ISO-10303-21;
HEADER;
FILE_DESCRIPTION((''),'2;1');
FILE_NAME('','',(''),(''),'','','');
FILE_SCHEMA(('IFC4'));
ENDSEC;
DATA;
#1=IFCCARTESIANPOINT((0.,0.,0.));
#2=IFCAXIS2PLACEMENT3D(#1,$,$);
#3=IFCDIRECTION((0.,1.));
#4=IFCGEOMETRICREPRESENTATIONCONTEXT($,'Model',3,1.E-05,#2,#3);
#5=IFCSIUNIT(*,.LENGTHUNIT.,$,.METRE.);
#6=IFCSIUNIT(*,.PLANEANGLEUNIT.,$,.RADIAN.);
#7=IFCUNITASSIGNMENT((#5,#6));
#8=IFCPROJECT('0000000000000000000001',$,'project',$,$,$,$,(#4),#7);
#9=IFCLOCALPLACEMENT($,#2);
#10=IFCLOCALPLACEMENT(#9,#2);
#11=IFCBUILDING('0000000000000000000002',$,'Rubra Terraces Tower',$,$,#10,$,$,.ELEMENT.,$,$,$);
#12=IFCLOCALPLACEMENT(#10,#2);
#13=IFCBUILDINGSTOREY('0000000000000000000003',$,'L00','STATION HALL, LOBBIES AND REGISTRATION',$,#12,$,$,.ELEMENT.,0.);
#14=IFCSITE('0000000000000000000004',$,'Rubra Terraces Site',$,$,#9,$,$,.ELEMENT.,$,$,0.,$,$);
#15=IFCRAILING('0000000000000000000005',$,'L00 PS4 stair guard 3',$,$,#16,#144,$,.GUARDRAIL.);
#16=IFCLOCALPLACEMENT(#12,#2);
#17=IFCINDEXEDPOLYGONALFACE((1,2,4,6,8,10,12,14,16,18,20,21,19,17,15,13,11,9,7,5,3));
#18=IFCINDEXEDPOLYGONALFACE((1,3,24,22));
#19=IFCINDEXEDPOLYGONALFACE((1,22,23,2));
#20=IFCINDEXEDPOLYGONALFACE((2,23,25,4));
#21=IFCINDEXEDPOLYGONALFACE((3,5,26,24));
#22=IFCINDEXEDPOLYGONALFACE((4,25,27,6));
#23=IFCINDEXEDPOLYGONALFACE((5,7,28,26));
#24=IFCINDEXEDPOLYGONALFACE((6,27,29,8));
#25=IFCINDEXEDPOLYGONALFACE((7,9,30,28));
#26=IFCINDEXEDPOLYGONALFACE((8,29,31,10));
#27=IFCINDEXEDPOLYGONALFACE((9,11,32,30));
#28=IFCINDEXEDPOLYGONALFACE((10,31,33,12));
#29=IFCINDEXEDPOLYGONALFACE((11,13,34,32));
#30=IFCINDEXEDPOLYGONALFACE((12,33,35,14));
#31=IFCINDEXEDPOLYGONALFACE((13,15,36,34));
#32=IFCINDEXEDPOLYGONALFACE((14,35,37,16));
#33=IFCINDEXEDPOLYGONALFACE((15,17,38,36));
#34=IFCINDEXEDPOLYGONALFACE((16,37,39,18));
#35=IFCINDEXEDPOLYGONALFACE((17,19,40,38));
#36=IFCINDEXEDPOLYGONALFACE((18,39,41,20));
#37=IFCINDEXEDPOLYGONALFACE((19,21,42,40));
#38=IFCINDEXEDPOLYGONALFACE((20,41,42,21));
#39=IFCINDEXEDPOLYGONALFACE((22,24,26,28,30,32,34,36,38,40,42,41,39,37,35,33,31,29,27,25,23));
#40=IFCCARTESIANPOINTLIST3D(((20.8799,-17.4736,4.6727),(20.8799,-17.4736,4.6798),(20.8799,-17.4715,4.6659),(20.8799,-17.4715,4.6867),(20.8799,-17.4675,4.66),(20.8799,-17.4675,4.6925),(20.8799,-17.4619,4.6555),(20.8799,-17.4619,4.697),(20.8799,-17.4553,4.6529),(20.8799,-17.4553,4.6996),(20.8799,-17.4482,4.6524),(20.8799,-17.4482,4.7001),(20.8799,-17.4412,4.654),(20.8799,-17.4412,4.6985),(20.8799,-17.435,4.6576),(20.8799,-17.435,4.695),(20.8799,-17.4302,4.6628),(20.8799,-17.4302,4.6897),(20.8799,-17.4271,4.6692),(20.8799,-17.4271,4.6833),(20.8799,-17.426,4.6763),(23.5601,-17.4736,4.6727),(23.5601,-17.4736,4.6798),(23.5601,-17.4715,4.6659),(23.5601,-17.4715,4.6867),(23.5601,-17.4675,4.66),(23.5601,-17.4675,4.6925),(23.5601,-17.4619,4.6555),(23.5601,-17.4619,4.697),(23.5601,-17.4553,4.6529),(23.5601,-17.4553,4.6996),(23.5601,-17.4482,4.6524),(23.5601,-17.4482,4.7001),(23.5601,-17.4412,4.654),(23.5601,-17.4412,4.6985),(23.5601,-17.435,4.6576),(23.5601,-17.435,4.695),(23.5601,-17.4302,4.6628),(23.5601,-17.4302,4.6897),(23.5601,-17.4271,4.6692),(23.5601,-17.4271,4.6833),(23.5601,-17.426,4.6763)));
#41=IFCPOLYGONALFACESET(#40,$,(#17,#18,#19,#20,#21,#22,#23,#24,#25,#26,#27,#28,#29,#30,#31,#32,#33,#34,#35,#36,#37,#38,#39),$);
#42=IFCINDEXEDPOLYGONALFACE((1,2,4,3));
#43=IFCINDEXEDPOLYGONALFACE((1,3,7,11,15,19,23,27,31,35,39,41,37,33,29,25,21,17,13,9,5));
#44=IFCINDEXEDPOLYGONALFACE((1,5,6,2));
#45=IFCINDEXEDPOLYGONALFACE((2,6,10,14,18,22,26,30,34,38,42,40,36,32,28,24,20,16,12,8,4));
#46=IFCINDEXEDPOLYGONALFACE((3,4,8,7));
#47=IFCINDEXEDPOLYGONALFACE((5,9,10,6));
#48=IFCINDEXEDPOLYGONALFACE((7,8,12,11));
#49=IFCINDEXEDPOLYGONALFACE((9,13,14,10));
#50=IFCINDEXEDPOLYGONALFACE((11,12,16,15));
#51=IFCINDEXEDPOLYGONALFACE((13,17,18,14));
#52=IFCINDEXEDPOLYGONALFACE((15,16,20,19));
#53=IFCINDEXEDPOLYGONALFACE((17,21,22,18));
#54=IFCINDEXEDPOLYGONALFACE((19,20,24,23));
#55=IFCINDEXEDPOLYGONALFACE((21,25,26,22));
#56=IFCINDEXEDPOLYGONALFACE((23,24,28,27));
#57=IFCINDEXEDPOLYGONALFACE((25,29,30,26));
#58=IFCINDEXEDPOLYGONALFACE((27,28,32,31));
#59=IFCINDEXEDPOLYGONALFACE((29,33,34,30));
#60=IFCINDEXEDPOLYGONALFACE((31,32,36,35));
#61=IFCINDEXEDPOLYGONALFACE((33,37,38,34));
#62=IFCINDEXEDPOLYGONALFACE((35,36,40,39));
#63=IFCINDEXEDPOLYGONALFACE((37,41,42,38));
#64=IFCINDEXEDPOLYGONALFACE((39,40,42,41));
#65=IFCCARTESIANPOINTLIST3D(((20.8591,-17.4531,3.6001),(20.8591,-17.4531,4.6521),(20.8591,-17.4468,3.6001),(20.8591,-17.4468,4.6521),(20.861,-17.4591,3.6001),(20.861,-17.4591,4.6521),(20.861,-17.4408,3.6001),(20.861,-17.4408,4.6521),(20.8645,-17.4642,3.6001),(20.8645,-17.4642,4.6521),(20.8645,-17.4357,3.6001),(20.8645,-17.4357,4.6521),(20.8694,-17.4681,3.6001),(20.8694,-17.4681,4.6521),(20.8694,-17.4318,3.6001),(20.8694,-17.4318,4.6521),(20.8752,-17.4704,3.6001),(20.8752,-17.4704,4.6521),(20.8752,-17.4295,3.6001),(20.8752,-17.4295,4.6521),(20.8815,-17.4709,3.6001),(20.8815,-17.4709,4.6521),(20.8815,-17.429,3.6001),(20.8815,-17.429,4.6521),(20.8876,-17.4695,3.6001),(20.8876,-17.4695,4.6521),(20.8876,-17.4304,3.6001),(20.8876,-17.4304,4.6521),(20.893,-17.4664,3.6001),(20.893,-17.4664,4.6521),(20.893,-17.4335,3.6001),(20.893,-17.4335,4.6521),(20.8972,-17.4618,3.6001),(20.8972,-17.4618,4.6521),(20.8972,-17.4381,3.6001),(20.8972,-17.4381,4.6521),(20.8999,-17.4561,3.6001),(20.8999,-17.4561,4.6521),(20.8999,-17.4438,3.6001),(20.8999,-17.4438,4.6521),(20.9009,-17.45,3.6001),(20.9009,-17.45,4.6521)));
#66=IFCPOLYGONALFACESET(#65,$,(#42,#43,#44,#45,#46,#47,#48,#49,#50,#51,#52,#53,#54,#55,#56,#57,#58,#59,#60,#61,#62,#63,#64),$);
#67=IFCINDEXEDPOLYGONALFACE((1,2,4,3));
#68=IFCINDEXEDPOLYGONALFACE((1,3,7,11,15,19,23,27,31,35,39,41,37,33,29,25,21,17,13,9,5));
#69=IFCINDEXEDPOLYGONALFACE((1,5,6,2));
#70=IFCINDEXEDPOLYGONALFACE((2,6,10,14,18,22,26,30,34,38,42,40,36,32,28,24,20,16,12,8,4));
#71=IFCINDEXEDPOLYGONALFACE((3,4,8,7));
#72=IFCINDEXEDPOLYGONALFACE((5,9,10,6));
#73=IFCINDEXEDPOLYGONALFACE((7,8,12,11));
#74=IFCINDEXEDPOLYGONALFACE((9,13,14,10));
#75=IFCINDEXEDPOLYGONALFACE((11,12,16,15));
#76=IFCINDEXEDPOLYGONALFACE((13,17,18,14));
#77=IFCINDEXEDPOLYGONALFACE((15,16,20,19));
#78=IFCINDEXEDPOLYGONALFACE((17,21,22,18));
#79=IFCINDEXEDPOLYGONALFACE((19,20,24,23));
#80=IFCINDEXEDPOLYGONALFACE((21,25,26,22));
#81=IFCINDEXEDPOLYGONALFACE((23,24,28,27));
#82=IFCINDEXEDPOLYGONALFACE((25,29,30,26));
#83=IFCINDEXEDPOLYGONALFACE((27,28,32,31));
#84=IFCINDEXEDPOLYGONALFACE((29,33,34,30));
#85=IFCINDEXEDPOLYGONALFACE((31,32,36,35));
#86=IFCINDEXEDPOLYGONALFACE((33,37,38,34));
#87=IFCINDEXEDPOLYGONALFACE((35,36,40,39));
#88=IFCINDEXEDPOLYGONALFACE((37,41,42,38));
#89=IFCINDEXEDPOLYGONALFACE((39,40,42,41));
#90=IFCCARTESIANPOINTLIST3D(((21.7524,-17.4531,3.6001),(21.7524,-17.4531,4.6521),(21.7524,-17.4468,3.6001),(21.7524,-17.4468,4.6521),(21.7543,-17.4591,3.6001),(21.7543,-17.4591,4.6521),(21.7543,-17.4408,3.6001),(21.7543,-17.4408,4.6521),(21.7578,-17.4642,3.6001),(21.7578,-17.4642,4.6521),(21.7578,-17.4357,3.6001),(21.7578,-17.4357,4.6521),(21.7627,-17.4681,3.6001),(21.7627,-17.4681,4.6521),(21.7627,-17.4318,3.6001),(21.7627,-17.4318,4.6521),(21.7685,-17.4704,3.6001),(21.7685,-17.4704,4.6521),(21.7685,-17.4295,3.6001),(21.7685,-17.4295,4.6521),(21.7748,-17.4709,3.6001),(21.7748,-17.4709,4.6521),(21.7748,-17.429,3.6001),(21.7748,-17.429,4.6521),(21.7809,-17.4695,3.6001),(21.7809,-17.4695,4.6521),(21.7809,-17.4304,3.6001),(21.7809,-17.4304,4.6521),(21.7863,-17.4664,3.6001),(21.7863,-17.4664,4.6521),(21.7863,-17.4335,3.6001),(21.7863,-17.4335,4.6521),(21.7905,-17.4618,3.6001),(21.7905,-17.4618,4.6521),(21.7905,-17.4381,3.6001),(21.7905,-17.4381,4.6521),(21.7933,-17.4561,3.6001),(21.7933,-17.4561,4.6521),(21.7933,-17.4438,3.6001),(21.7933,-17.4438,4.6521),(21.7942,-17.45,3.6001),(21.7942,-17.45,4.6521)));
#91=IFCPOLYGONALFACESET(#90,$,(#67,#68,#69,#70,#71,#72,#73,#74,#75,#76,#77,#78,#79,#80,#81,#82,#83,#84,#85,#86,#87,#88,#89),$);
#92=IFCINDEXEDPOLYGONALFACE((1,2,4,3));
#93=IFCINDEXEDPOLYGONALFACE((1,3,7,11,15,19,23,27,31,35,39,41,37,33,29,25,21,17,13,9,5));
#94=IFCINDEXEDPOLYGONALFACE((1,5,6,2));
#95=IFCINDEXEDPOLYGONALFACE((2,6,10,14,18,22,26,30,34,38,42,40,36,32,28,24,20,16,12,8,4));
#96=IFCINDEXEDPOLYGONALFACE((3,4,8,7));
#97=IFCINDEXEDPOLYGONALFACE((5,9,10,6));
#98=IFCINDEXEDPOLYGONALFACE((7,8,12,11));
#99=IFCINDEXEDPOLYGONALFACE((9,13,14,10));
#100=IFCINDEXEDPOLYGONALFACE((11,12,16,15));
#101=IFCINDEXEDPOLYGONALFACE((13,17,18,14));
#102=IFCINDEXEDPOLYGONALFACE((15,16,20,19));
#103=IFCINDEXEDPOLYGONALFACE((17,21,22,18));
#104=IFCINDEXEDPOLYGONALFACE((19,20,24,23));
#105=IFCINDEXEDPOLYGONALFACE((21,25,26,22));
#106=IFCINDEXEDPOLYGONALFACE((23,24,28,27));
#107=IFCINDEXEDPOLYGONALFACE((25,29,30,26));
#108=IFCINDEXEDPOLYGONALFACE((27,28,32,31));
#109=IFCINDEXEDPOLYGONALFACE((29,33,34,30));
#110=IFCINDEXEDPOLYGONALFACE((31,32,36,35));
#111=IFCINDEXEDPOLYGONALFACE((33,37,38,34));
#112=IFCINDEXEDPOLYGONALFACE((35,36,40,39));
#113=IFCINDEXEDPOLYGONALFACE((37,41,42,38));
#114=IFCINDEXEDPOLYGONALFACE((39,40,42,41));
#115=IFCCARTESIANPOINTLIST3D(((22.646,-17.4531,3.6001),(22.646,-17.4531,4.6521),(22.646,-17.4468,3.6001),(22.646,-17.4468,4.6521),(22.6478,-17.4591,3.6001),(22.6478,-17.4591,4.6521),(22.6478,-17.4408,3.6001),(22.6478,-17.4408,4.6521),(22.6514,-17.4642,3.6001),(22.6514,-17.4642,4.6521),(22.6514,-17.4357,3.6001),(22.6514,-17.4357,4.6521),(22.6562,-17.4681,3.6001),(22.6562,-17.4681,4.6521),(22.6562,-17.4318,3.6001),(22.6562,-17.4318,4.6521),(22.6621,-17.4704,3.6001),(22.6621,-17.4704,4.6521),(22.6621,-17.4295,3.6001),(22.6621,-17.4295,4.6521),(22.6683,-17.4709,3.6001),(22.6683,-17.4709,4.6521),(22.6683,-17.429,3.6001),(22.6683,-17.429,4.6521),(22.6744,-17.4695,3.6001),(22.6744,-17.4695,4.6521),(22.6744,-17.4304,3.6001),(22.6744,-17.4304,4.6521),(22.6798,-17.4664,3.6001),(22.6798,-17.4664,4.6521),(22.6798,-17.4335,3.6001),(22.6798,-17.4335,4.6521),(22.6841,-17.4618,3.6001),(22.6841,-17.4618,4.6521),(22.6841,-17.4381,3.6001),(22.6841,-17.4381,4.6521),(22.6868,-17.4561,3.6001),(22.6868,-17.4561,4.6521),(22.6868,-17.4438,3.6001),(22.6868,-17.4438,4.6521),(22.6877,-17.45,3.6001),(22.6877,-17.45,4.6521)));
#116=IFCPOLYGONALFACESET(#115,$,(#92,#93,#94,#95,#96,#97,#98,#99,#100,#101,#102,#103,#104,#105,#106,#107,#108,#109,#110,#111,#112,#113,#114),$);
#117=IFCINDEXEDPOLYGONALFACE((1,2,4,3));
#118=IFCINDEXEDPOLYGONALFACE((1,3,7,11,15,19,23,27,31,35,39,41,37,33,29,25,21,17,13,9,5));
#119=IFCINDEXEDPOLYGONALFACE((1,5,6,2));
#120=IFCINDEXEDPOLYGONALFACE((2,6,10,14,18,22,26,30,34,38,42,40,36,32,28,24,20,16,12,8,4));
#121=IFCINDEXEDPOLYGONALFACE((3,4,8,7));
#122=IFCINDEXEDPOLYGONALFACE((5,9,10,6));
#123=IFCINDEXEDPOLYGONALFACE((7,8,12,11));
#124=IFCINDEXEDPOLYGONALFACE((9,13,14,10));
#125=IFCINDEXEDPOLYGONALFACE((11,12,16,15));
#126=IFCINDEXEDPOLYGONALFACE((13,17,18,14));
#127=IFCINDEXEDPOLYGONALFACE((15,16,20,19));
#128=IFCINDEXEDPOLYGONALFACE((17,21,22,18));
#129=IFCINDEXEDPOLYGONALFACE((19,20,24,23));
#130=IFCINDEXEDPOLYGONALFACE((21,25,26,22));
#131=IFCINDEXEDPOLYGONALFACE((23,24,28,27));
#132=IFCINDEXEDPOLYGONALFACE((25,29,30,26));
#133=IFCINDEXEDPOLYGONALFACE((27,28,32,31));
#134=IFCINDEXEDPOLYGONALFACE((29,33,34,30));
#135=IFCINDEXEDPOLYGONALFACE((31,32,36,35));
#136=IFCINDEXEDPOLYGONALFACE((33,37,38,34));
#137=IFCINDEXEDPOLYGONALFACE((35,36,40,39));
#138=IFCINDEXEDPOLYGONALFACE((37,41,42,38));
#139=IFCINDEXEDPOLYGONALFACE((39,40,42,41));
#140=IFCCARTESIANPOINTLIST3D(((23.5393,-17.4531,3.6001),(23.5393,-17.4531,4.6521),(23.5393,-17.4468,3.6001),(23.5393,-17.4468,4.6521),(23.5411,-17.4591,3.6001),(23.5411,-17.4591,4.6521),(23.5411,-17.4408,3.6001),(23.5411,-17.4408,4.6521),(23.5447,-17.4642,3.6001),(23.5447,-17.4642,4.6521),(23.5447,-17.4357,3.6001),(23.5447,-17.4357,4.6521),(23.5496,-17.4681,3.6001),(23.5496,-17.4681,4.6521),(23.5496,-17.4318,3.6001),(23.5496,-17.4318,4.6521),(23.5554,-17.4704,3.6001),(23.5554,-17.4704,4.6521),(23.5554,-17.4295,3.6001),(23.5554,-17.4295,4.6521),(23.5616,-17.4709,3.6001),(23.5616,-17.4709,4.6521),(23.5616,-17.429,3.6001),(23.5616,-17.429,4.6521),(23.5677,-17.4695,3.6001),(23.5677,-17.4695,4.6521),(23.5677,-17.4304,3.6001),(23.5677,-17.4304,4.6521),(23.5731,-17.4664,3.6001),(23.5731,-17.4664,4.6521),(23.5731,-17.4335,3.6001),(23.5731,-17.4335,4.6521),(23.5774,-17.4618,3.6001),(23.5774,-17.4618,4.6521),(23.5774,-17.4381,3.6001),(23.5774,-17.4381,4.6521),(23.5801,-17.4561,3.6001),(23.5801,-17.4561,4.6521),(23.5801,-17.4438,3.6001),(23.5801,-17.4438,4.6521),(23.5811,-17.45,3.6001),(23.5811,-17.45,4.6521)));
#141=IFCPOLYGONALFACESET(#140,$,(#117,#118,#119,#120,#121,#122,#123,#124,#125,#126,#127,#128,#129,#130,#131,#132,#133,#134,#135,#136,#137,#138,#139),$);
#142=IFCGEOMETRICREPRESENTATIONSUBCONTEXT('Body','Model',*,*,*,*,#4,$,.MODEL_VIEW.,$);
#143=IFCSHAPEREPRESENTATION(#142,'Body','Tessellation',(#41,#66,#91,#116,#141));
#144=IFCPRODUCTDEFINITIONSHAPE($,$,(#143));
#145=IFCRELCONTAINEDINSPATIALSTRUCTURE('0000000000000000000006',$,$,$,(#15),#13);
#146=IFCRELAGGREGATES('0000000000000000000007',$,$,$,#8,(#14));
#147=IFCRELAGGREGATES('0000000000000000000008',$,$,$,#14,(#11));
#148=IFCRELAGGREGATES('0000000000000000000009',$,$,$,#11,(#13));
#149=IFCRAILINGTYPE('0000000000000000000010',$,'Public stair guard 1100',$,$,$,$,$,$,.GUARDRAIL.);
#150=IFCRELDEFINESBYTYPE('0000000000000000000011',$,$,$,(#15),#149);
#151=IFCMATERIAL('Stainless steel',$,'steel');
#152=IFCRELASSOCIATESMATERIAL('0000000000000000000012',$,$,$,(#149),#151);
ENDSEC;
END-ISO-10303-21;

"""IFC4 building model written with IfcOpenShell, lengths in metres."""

from ifc_helpers import new_model, si_unit, direction, frame, origin, origin_2d, place, context, subcontext, project, spatial, circle, extrude, material, type_object, element, save


model = new_model("IFC4")

# Units and contexts
model_context = context("Model", 3, precision=1e-05, world=origin(), true_north=direction((0.0, 1.0)))
body_context = subcontext(model_context, "Body", "Model", "MODEL_VIEW")
ifc_project = project(units=[si_unit("LENGTHUNIT", "METRE"), si_unit("PLANEANGLEUNIT", "RADIAN")], contexts=[model_context])

# Site, building, storey
site_placement = place(None, origin())
site = spatial("IfcSite", under=ifc_project, at=site_placement, Name="Rubra Terraces Site", CompositionType="ELEMENT", RefElevation=0.0)
building_placement = place(site_placement, origin())
building = spatial("IfcBuilding", under=site, at=building_placement, Name="Rubra Terraces Tower", CompositionType="ELEMENT")
storey_placement = place(building_placement, origin())
storey = spatial("IfcBuildingStorey", under=building, at=storey_placement, Name="L00", Description="STATION HALL, LOBBIES AND REGISTRATION", CompositionType="ELEMENT", Elevation=0.0)

# Railing
ifc_material_1 = material(Name="Stainless steel", Category="steel")
railing_type_1 = type_object("IfcRailingType", Name="Public stair guard 1100", PredefinedType="GUARDRAIL", material=ifc_material_1)
railing_1_placement = place(storey_placement, frame((20.8799, -17.45, 3.6001)))
element("IfcRailing", 1, at=railing_1_placement, inside=storey, type_object=railing_type_1, Name="L00 PS4 stair guard 3", PredefinedType="GUARDRAIL", context=body_context, shape_type="SweptSolid", body=[
    extrude(circle(Radius=0.0239, at=origin_2d()), frame((0.0, 0.0, 1.0762), z_axis=(1.0, 0.0, 0.0), x_axis=(0.0, 1.0, 0.0)), (0.0, 0.0, 1.0), 2.6802),
    extrude(circle(Radius=0.021, at=origin_2d()), origin(), (0.0, 0.0, 1.0), 1.052),
    extrude(circle(Radius=0.021, at=origin_2d()), frame((0.8933, 0.0, 0.0)), (0.0, 0.0, 1.0), 1.052),
    extrude(circle(Radius=0.021, at=origin_2d()), frame((1.7869, 0.0, 0.0)), (0.0, 0.0, 1.0), 1.052),
    extrude(circle(Radius=0.021, at=origin_2d()), frame((2.6802, 0.0, 0.0)), (0.0, 0.0, 1.0), 1.052),
])

save(model, "model.ifc")
